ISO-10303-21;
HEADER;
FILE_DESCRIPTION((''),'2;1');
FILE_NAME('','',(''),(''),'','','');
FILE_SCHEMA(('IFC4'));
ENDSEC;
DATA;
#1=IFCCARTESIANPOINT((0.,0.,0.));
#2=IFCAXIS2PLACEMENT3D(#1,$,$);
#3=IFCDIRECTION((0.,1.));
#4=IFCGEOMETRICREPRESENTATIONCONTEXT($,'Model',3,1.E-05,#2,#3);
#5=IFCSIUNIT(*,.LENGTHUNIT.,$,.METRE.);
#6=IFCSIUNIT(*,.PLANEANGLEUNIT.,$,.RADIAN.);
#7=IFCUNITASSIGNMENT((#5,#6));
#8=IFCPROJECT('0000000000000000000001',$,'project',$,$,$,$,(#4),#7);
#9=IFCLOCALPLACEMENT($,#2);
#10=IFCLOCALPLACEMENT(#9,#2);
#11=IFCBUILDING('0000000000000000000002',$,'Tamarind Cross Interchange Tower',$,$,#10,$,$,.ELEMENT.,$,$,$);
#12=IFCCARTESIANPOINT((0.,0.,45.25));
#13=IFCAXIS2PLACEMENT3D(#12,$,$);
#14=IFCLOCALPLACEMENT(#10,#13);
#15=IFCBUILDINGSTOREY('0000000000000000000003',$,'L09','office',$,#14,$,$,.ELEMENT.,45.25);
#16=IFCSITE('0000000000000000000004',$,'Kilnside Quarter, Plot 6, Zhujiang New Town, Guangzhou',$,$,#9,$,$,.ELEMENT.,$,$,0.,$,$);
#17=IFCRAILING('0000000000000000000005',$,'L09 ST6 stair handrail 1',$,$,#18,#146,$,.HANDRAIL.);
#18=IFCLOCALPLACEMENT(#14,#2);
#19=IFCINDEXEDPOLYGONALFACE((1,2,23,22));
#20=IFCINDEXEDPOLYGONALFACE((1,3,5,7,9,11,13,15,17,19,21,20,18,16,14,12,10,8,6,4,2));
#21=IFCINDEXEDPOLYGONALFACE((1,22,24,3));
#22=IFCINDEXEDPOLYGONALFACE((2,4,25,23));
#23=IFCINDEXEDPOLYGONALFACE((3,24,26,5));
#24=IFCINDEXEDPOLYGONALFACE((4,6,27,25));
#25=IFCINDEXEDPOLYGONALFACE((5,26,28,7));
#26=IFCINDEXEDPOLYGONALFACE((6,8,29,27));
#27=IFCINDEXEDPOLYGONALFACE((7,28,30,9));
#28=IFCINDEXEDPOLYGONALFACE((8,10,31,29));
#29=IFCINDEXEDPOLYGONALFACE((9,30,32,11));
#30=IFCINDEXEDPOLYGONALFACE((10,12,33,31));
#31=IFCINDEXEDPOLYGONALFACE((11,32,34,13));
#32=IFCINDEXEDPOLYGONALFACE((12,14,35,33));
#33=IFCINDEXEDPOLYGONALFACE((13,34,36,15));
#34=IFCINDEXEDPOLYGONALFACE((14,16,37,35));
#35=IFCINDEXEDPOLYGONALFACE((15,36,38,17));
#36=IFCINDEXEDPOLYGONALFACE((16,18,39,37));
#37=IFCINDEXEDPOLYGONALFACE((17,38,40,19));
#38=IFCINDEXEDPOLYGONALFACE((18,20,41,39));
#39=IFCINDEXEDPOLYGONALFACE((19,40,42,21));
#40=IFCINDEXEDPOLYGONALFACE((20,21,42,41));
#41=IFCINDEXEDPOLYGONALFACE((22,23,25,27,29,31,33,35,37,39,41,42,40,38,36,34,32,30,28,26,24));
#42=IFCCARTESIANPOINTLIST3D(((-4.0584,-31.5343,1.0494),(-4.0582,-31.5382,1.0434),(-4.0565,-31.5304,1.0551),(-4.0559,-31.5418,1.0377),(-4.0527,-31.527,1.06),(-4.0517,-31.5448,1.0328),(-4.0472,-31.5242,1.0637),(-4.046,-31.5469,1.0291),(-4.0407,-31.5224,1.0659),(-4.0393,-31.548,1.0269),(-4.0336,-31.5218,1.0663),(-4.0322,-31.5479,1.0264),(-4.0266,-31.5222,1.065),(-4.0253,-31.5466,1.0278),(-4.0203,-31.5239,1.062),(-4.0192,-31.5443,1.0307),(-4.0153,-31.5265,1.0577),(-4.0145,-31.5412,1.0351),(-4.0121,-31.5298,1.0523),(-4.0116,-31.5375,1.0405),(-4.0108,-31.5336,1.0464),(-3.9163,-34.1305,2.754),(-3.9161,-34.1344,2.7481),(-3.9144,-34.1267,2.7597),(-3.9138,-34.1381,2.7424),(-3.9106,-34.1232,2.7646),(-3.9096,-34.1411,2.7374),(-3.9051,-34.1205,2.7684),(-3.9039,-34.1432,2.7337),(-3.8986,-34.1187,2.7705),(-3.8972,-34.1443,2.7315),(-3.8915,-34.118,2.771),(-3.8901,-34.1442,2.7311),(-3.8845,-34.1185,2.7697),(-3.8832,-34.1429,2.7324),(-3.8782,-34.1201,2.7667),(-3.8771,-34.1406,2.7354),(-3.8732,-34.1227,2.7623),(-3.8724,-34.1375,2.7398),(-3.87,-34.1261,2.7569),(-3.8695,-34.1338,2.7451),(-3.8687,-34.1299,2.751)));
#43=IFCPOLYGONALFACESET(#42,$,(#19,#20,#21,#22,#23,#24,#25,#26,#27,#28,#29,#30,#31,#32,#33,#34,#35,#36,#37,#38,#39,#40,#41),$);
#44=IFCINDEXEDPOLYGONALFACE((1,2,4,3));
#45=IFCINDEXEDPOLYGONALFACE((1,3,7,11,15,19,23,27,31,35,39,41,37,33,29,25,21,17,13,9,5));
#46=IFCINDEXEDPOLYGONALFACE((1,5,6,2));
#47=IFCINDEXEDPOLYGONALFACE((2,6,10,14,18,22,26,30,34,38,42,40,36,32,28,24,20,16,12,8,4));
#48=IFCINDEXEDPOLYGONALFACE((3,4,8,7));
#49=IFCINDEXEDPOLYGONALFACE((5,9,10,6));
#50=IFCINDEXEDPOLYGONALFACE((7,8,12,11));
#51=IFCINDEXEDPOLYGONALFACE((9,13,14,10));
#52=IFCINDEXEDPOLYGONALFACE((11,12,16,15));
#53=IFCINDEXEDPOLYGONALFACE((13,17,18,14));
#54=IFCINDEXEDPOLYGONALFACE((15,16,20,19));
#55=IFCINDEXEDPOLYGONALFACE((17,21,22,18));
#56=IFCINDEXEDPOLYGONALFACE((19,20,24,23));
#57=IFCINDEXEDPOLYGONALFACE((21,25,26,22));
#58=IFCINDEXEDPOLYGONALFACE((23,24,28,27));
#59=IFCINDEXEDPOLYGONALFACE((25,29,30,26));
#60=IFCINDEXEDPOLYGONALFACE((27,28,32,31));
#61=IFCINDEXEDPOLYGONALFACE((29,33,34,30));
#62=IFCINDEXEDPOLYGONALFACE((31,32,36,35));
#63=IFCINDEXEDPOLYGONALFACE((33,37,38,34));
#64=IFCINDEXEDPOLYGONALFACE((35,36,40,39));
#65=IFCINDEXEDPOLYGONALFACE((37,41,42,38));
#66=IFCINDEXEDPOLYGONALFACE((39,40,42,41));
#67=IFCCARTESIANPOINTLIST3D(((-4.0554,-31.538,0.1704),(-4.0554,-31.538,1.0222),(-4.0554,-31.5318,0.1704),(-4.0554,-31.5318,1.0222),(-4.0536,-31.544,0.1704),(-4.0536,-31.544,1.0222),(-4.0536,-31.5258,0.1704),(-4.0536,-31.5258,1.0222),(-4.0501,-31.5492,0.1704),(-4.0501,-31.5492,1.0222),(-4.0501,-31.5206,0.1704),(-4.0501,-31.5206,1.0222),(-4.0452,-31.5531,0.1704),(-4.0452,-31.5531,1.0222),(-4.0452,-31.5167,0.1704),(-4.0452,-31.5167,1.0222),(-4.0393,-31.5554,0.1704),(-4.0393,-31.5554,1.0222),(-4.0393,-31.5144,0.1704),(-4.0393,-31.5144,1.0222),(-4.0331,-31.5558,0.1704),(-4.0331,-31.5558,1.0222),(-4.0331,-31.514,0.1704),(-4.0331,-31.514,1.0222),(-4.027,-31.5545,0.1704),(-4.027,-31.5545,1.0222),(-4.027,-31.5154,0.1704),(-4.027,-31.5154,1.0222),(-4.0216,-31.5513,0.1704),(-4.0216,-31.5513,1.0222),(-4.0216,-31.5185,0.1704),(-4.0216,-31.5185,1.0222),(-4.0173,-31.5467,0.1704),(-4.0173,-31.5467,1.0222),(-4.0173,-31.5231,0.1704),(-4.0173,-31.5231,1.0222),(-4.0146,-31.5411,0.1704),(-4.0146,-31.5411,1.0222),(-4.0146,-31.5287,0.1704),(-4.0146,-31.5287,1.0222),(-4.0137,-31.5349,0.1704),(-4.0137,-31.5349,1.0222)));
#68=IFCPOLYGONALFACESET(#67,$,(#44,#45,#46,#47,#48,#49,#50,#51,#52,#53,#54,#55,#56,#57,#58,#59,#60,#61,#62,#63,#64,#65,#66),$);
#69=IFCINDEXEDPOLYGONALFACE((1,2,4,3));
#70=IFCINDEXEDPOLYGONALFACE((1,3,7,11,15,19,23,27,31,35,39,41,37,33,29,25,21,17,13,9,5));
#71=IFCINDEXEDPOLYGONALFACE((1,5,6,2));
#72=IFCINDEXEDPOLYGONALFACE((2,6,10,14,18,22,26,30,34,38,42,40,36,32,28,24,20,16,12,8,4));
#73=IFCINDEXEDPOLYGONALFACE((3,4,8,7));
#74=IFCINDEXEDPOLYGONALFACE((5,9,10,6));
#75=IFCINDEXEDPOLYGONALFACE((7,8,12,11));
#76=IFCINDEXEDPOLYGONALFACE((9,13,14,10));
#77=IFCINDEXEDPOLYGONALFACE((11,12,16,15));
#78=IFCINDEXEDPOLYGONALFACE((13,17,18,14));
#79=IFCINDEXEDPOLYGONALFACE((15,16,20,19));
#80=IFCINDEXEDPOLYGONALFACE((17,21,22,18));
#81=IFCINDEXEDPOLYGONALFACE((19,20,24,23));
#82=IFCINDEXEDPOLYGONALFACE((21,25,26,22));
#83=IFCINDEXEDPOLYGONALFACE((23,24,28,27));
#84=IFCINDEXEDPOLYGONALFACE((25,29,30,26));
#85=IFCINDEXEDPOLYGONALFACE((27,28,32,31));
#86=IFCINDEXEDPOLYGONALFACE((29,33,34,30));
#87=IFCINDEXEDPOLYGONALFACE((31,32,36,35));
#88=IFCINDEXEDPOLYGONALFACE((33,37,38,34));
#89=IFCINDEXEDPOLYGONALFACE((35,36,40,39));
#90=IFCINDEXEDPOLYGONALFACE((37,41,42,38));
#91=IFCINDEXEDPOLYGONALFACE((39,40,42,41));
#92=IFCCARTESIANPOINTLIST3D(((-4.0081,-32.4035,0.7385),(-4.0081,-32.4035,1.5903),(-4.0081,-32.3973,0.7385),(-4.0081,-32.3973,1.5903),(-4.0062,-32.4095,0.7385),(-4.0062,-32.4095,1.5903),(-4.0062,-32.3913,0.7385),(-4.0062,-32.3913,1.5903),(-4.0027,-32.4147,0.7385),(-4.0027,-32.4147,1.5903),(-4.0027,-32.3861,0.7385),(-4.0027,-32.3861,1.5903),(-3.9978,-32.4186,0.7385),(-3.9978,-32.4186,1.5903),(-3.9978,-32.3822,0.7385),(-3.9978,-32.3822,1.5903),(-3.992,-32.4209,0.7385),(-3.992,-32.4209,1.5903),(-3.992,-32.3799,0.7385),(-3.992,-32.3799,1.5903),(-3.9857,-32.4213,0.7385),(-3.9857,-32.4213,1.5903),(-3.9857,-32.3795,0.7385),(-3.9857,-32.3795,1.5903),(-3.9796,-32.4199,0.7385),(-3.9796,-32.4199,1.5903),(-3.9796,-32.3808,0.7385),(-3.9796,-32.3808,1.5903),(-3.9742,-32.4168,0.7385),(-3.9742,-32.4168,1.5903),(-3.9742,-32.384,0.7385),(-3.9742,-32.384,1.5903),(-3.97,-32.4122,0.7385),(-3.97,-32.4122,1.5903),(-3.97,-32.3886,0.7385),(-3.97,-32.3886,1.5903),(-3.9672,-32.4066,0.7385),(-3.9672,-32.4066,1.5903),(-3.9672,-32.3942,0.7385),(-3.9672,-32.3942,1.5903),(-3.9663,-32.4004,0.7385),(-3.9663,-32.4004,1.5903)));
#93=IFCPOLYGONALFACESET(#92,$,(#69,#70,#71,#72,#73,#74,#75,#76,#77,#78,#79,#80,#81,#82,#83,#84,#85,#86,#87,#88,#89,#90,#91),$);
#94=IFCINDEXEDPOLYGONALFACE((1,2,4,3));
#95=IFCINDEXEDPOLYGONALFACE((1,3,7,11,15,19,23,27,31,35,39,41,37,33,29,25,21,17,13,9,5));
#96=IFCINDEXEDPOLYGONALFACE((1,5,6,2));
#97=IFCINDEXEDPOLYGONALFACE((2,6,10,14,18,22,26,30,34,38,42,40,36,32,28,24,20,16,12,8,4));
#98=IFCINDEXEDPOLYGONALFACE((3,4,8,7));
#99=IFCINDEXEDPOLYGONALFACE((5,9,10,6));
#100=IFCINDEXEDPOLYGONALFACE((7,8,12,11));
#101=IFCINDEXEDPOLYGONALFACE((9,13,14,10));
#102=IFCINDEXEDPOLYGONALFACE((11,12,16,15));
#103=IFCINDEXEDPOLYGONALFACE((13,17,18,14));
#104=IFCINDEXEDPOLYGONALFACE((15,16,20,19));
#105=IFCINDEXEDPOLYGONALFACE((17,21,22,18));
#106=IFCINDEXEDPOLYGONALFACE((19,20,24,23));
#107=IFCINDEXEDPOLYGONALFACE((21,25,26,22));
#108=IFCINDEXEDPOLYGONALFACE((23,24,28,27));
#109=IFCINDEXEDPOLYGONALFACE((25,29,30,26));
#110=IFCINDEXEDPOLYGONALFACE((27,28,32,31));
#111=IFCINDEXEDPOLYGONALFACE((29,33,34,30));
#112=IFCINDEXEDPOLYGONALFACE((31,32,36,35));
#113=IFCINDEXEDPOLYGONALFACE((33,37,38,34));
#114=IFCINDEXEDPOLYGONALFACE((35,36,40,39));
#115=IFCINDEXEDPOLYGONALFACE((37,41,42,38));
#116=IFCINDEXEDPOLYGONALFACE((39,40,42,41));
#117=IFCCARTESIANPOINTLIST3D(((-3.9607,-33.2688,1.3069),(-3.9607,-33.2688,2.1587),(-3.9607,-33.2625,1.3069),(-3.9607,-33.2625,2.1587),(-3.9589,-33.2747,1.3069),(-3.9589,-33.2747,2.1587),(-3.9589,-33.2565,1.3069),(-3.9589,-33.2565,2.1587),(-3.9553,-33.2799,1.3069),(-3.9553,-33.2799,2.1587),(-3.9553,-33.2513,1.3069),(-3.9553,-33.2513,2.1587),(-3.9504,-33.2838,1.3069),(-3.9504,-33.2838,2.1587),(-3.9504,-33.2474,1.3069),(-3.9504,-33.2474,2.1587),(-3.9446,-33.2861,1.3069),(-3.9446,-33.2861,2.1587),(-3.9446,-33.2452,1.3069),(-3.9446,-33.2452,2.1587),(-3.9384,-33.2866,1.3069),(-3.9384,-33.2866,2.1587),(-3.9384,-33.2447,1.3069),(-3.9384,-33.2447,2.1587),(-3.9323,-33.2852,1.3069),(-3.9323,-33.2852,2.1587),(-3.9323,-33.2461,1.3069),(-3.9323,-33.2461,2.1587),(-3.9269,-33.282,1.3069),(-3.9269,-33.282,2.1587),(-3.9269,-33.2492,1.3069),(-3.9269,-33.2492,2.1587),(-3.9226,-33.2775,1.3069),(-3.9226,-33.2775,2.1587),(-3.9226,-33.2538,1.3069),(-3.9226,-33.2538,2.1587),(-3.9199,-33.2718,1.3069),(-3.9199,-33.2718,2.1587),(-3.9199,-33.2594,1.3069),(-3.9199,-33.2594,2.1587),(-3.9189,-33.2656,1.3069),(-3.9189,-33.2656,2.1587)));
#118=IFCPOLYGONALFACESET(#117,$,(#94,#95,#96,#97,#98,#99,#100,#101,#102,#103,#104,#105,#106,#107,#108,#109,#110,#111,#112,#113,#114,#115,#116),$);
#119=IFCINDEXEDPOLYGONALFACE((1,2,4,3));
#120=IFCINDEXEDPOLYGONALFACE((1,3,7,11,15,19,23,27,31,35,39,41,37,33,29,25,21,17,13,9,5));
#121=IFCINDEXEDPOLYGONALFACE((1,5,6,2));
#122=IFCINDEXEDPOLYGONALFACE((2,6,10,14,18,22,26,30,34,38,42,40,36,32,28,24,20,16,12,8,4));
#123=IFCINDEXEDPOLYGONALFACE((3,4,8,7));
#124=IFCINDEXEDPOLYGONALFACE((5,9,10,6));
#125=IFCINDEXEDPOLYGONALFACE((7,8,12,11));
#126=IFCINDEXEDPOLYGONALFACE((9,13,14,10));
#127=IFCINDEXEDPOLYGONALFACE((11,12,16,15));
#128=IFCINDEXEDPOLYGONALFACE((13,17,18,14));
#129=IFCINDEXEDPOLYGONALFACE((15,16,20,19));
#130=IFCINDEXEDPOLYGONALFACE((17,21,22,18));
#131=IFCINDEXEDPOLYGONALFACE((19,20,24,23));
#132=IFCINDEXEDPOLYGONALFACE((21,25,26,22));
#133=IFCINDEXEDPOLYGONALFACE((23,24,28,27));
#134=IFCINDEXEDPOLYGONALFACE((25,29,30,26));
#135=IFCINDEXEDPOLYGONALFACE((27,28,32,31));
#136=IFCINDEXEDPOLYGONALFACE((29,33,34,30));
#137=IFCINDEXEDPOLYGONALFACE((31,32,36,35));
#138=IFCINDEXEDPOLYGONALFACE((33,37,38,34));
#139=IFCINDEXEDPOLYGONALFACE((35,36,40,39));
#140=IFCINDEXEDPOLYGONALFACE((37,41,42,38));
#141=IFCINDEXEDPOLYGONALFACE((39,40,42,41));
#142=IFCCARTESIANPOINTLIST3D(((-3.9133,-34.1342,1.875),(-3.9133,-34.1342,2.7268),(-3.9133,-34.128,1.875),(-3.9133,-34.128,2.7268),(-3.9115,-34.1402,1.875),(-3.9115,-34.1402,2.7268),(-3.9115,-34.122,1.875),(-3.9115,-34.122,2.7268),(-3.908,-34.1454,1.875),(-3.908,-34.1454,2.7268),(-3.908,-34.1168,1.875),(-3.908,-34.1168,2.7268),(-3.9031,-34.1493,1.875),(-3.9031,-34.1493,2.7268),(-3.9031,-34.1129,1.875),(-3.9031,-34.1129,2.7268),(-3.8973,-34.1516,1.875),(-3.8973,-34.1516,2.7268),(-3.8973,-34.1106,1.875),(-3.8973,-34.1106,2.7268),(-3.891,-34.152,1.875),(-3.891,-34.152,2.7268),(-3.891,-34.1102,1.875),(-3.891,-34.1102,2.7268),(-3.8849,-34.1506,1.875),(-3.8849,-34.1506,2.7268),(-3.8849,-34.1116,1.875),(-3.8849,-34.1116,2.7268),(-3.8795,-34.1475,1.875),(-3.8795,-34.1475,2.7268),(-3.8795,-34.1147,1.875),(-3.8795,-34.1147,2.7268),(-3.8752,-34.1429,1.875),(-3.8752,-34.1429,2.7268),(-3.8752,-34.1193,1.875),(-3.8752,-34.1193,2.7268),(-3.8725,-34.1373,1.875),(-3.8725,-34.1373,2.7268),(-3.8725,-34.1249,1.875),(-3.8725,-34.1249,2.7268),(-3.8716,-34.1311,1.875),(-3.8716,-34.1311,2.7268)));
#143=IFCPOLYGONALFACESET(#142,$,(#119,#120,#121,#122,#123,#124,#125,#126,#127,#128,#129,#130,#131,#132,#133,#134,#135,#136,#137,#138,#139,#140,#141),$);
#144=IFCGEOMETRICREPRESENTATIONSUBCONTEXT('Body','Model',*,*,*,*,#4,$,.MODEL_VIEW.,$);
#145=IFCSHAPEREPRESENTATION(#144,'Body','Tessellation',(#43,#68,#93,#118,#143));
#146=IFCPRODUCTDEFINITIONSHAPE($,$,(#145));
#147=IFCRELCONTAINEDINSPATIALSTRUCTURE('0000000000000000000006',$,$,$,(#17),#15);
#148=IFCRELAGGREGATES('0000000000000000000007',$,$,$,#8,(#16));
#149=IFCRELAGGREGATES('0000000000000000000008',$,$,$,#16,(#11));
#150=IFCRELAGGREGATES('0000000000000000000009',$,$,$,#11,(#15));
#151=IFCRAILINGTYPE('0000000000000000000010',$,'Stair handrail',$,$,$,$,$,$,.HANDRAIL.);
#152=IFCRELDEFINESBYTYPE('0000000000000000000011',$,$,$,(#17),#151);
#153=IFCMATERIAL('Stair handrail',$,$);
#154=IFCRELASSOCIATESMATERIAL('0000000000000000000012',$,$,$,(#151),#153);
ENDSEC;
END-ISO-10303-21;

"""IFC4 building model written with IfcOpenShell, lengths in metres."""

from ifc_helpers import new_model, si_unit, direction, frame, origin, origin_2d, place, context, subcontext, project, spatial, circle, extrude, material, type_object, element, save


model = new_model("IFC4")

# Units and contexts
model_context = context("Model", 3, precision=1e-05, world=origin(), true_north=direction((0.0, 1.0)))
body_context = subcontext(model_context, "Body", "Model", "MODEL_VIEW")
ifc_project = project(units=[si_unit("LENGTHUNIT", "METRE"), si_unit("PLANEANGLEUNIT", "RADIAN")], contexts=[model_context])

# Site, building, storey
site_placement = place(None, origin())
site = spatial("IfcSite", under=ifc_project, at=site_placement, Name="Kilnside Quarter, Plot 6, Zhujiang New Town, Guangzhou", CompositionType="ELEMENT", RefElevation=0.0)
building_placement = place(site_placement, origin())
building = spatial("IfcBuilding", under=site, at=building_placement, Name="Tamarind Cross Interchange Tower", CompositionType="ELEMENT")
storey_placement = place(building_placement, frame((0.0, 0.0, 45.25)))
storey = spatial("IfcBuildingStorey", under=building, at=storey_placement, Name="L09", Description="office", CompositionType="ELEMENT", Elevation=45.25)

# Railing
ifc_material_1 = material(Name="Stair handrail")
railing_type_1 = type_object("IfcRailingType", Name="Stair handrail", PredefinedType="HANDRAIL", material=ifc_material_1)
railing_1_placement = place(storey_placement, frame((-4.0347, -31.5349, 0.1704)))
element("IfcRailing", 1, at=railing_1_placement, inside=storey, type_object=railing_type_1, Name="L09 ST6 stair handrail 1", PredefinedType="HANDRAIL", context=body_context, shape_type="SweptSolid", body=[
    extrude(circle(Radius=0.0239, at=origin_2d()), frame((0.0, 0.0, 0.876), z_axis=(0.045702, -0.83505, 0.548272), x_axis=(0.998506, 0.054648, 0.0)), (0.0, 0.0, 1.0), 3.1091),
    extrude(circle(Radius=0.021, at=origin_2d()), origin(), (0.0, 0.0, 1.0), 0.8518),
    extrude(circle(Radius=0.021, at=origin_2d()), frame((0.0474, -0.8655, 0.5681)), (0.0, 0.0, 1.0), 0.8518),
    extrude(circle(Radius=0.021, at=origin_2d()), frame((0.0947, -1.7307, 1.1365)), (0.0, 0.0, 1.0), 0.8518),
    extrude(circle(Radius=0.021, at=origin_2d()), frame((0.1421, -2.5962, 1.7046)), (0.0, 0.0, 1.0), 0.8518),
])

save(model, "model.ifc")
